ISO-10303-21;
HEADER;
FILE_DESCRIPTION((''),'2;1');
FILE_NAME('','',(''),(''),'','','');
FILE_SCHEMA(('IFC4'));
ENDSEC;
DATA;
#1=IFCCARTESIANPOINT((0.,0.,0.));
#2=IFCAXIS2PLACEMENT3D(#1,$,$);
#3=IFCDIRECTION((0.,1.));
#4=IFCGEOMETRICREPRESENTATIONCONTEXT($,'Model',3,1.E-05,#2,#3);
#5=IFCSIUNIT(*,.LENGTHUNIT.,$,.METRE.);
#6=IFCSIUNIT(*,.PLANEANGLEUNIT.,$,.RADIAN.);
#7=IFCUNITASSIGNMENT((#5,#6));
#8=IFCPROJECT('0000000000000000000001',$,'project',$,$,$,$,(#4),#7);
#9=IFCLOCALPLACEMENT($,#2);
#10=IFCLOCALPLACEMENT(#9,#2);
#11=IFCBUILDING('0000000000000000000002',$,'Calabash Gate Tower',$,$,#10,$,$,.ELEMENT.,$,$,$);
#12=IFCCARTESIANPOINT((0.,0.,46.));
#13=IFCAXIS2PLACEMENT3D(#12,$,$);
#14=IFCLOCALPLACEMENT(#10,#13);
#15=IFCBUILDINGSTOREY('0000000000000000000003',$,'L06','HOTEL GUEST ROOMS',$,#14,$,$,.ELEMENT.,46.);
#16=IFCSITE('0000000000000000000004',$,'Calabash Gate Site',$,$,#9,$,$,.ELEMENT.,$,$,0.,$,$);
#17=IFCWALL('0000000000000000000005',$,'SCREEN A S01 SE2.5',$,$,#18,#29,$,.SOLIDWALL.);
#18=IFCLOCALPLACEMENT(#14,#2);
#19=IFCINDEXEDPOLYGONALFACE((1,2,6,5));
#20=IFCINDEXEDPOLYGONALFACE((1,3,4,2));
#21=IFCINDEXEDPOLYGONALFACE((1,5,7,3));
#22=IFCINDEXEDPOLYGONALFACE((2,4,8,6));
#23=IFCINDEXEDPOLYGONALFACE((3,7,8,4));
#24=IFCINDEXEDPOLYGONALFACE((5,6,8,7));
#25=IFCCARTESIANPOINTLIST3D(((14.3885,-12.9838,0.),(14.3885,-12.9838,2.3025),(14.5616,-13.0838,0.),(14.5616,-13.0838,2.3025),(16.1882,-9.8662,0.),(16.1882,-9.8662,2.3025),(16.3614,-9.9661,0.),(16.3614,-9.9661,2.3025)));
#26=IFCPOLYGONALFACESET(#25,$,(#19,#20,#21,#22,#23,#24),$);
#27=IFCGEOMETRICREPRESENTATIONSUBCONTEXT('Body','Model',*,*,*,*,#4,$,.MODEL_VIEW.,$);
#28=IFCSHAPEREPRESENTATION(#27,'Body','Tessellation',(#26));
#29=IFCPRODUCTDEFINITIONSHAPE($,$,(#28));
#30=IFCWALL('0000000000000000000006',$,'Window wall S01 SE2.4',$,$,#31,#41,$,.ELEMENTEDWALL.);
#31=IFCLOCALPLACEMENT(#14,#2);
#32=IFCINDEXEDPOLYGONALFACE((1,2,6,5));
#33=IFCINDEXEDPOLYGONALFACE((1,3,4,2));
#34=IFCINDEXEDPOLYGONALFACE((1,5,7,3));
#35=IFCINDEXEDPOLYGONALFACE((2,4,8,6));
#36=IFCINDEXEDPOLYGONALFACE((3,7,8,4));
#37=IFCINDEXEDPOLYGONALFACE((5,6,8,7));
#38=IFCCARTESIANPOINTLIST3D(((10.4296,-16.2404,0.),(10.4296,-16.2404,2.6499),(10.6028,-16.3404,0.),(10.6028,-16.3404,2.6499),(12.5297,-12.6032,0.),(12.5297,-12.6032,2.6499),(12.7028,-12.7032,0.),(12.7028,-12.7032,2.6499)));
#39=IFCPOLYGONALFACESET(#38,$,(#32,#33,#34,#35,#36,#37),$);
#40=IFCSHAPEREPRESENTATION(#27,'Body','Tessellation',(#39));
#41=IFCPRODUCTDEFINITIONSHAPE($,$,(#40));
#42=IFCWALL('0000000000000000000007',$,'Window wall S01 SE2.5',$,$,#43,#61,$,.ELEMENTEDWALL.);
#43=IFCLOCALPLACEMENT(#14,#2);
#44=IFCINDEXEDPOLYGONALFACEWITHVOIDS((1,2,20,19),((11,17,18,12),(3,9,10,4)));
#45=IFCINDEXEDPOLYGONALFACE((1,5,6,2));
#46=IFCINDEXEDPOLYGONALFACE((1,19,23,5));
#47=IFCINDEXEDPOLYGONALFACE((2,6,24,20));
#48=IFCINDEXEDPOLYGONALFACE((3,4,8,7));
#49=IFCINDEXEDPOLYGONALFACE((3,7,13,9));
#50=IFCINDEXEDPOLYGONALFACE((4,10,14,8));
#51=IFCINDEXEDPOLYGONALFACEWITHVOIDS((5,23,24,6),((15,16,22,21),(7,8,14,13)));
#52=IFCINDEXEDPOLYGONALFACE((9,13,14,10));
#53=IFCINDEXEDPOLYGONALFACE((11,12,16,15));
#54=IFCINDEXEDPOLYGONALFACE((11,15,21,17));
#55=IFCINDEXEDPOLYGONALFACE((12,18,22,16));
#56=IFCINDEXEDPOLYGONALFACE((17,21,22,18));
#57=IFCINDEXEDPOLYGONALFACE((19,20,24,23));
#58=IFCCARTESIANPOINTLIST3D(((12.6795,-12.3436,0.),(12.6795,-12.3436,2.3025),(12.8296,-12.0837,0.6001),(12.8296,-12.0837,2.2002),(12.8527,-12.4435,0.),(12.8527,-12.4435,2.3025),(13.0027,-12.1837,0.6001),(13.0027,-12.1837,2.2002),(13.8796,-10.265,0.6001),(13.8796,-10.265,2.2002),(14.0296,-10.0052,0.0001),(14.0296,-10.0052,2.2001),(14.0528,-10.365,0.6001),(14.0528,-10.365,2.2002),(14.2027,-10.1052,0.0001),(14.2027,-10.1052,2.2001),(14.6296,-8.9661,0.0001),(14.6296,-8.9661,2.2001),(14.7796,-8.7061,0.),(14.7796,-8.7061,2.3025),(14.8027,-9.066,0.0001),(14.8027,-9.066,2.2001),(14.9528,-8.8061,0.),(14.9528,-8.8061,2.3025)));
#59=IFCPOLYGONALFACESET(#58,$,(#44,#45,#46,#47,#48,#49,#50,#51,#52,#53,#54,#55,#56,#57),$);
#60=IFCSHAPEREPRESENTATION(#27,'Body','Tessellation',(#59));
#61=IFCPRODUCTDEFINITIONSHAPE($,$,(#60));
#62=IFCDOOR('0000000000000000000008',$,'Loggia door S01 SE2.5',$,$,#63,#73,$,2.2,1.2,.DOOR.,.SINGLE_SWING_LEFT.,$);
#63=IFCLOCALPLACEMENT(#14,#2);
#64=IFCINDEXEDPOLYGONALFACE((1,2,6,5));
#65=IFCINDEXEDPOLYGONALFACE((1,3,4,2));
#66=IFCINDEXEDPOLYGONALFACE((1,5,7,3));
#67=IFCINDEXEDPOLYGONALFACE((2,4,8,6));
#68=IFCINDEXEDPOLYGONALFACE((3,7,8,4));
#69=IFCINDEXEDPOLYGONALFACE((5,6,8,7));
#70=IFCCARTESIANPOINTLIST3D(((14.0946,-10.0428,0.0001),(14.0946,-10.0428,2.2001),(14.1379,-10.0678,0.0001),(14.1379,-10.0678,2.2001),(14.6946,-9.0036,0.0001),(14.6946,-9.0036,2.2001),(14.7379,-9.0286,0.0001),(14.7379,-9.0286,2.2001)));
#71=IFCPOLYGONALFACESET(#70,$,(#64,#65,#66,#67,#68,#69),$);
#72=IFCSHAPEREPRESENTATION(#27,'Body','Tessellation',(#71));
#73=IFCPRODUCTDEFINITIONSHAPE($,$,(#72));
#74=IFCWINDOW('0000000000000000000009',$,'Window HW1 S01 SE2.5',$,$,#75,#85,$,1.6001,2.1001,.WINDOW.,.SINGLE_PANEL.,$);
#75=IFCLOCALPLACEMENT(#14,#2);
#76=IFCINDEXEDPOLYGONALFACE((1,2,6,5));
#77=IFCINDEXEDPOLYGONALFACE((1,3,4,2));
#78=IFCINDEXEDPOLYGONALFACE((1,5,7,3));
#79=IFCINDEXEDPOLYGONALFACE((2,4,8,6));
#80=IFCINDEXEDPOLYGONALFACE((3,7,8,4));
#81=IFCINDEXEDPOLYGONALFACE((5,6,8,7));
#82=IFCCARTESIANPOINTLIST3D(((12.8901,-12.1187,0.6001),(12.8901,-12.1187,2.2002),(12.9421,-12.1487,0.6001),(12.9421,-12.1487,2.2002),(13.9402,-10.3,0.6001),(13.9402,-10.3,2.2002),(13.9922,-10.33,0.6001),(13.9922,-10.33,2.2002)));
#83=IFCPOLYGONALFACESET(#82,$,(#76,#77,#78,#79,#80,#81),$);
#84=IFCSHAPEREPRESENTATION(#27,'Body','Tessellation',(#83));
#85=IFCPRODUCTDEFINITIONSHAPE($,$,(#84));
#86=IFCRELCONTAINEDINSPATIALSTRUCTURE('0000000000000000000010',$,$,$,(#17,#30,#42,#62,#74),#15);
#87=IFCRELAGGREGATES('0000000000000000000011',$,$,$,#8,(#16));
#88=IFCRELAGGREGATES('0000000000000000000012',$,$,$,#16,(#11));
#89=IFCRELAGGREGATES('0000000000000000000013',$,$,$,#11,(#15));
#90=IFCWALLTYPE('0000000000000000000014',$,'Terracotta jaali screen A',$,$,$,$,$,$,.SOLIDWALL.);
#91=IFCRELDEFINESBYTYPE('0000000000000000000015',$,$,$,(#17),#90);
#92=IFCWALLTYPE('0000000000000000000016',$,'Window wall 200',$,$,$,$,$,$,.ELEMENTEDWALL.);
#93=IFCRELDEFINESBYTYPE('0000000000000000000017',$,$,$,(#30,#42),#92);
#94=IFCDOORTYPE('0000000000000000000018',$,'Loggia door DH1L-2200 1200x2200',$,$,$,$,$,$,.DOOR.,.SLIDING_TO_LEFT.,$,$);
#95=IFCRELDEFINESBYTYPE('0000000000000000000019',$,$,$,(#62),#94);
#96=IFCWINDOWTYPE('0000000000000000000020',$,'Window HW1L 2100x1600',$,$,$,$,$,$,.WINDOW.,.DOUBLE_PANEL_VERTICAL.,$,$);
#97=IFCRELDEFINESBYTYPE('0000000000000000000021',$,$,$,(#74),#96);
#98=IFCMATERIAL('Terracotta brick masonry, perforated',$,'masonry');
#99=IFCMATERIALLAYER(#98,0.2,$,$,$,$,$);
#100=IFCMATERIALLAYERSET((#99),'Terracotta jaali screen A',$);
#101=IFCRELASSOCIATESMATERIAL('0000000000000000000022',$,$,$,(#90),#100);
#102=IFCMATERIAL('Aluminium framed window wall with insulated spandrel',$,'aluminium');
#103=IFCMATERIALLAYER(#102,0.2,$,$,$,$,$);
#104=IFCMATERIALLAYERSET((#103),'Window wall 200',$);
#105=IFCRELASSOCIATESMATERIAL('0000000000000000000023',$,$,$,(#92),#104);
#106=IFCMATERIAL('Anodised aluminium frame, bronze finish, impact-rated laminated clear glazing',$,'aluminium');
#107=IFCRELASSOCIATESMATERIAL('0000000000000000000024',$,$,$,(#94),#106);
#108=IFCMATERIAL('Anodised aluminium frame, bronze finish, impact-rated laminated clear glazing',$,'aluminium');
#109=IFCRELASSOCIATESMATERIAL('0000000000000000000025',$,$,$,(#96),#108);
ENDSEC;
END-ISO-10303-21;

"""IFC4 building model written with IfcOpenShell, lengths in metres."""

from ifc_helpers import new_model, si_unit, direction, frame, frame_2d, origin, place, context, subcontext, project, spatial, rectangle, extrude, material, layer, layer_set, type_object, element, fill, save


model = new_model("IFC4")

# Units and contexts
model_context = context("Model", 3, precision=1e-05, world=origin(), true_north=direction((0.0, 1.0)))
body_context = subcontext(model_context, "Body", "Model", "MODEL_VIEW")
ifc_project = project(units=[si_unit("LENGTHUNIT", "METRE"), si_unit("PLANEANGLEUNIT", "RADIAN")], contexts=[model_context])

# Site, building, storey
site_placement = place(None, origin())
site = spatial("IfcSite", under=ifc_project, at=site_placement, Name="Calabash Gate Site", CompositionType="ELEMENT", RefElevation=0.0)
building_placement = place(site_placement, origin())
building = spatial("IfcBuilding", under=site, at=building_placement, Name="Calabash Gate Tower", CompositionType="ELEMENT")
storey_placement = place(building_placement, frame((0.0, 0.0, 46.0)))
storey = spatial("IfcBuildingStorey", under=building, at=storey_placement, Name="L06", Description="HOTEL GUEST ROOMS", CompositionType="ELEMENT", Elevation=46.0)

# Walls
ifc_material_1 = material(Name="Terracotta brick masonry, perforated", Category="masonry")
ifc_layer_1 = layer(ifc_material_1, 0.2)
ifc_layer_set_1 = layer_set([ifc_layer_1], Name="Terracotta jaali screen A")
wall_type_1 = type_object("IfcWallType", Name="Terracotta jaali screen A", PredefinedType="SOLIDWALL", material=ifc_layer_set_1)
wall_1_placement = place(storey_placement, frame((14.4751, -13.0337, 0.0), z_axis=(0.0, 0.0, 1.0), x_axis=(0.499961, 0.866048, 0.0)))
element("IfcWall", 1, at=wall_1_placement, inside=storey, type_object=wall_type_1, Name="SCREEN A S01 SE2.5", PredefinedType="SOLIDWALL", context=body_context, shape_type="SweptSolid", body=[
    extrude(rectangle(XDim=3.5999, YDim=0.2, at=frame_2d((1.7998, 0.0))), origin(), (0.0, 0.0, 1.0), 2.3025),
])
ifc_material_2 = material(Name="Aluminium framed window wall with insulated spandrel", Category="aluminium")
ifc_layer_2 = layer(ifc_material_2, 0.2)
ifc_layer_set_2 = layer_set([ifc_layer_2], Name="Window wall 200")
wall_type_2 = type_object("IfcWallType", Name="Window wall 200", PredefinedType="ELEMENTEDWALL", material=ifc_layer_set_2)
wall_2_placement = place(storey_placement, frame((10.5161, -16.2905, 0.0), z_axis=(0.0, 0.0, 1.0), x_axis=(0.500028, 0.866009, 0.0)))
element("IfcWall", 2, at=wall_2_placement, inside=storey, type_object=wall_type_2, Name="Window wall S01 SE2.4", PredefinedType="ELEMENTEDWALL", context=body_context, shape_type="SweptSolid", body=[
    extrude(rectangle(XDim=4.2, YDim=0.2, at=frame_2d((2.1001, 0.0))), origin(), (0.0, 0.0, 1.0), 2.6499),
])

# Wall, openings, door, window
wall_3_placement = place(storey_placement, frame((12.7661, -12.3936, 0.0), z_axis=(0.0, 0.0, 1.0), x_axis=(0.500003, 0.866024, 0.0)))
wall_3 = element("IfcWall", 3, at=wall_3_placement, inside=storey, type_object=wall_type_2, Name="Window wall S01 SE2.5", PredefinedType="ELEMENTEDWALL", context=body_context, shape_type="SweptSolid", body=[
    extrude(rectangle(XDim=4.2002, YDim=0.2, at=frame_2d((2.1001, 0.0))), origin(), (0.0, 0.0, 1.0), 2.3025),
])
opening_1_placement = place(wall_3_placement, frame((0.3, 0.0, 0.6001)))
opening_1 = element("IfcOpeningElement", 4, at=opening_1_placement, cuts=wall_3, PredefinedType="OPENING", context=body_context, shape_type="SweptSolid", body=[
    extrude(rectangle(XDim=2.1001, YDim=1.6001, at=frame_2d((1.05, 0.8))), frame((0.0, 0.1099, 0.0), z_axis=(0.0, -1.0, 0.0), x_axis=(1.0, 0.0, 0.0)), (0.0, 0.0, 1.0), 0.22),
])
opening_2_placement = place(wall_3_placement, frame((2.7, 0.0, 0.0)))
opening_2 = element("IfcOpeningElement", 5, at=opening_2_placement, cuts=wall_3, PredefinedType="OPENING", context=body_context, shape_type="SweptSolid", body=[
    extrude(rectangle(XDim=1.2, YDim=2.2, at=frame_2d((0.6001, 1.1001))), frame((0.0, 0.1099, 0.0), z_axis=(0.0, -1.0, 0.0), x_axis=(1.0, 0.0, 0.0)), (0.0, 0.0, 1.0), 0.22),
])
ifc_material_3 = material(Name="Anodised aluminium frame, bronze finish, impact-rated laminated clear glazing", Category="aluminium")
door_type = type_object("IfcDoorType", Name="Loggia door DH1L-2200 1200x2200", OperationType="SLIDING_TO_LEFT", PredefinedType="DOOR", material=ifc_material_3)
door_placement = place(opening_2_placement, origin())
door = element("IfcDoor", 6, at=door_placement, inside=storey, type_object=door_type, Name="Loggia door S01 SE2.5", OperationType="SINGLE_SWING_LEFT", OverallHeight=2.2, OverallWidth=1.2, PredefinedType="DOOR", context=body_context, shape_type="SweptSolid", body=[
    extrude(rectangle(XDim=1.2, YDim=2.2, at=frame_2d((0.6001, 1.1001))), frame((0.0, 0.0249, 0.0), z_axis=(0.0, -1.0, 0.0), x_axis=(1.0, 0.0, 0.0)), (0.0, 0.0, 1.0), 0.05),
])
fill(opening_2, door)
ifc_material_4 = material(Name="Anodised aluminium frame, bronze finish, impact-rated laminated clear glazing", Category="aluminium")
window_type = type_object("IfcWindowType", Name="Window HW1L 2100x1600", PartitioningType="DOUBLE_PANEL_VERTICAL", PredefinedType="WINDOW", material=ifc_material_4)
window_placement = place(opening_1_placement, origin())
window = element("IfcWindow", 7, at=window_placement, inside=storey, type_object=window_type, Name="Window HW1 S01 SE2.5", OverallHeight=1.6001, OverallWidth=2.1001, PartitioningType="SINGLE_PANEL", PredefinedType="WINDOW", context=body_context, shape_type="SweptSolid", body=[
    extrude(rectangle(XDim=2.1001, YDim=1.6001, at=frame_2d((1.05, 0.8))), frame((0.0, 0.03, 0.0), z_axis=(0.0, -1.0, 0.0), x_axis=(1.0, 0.0, 0.0)), (0.0, 0.0, 1.0), 0.0601),
])
fill(opening_1, window)

save(model, "model.ifc")
